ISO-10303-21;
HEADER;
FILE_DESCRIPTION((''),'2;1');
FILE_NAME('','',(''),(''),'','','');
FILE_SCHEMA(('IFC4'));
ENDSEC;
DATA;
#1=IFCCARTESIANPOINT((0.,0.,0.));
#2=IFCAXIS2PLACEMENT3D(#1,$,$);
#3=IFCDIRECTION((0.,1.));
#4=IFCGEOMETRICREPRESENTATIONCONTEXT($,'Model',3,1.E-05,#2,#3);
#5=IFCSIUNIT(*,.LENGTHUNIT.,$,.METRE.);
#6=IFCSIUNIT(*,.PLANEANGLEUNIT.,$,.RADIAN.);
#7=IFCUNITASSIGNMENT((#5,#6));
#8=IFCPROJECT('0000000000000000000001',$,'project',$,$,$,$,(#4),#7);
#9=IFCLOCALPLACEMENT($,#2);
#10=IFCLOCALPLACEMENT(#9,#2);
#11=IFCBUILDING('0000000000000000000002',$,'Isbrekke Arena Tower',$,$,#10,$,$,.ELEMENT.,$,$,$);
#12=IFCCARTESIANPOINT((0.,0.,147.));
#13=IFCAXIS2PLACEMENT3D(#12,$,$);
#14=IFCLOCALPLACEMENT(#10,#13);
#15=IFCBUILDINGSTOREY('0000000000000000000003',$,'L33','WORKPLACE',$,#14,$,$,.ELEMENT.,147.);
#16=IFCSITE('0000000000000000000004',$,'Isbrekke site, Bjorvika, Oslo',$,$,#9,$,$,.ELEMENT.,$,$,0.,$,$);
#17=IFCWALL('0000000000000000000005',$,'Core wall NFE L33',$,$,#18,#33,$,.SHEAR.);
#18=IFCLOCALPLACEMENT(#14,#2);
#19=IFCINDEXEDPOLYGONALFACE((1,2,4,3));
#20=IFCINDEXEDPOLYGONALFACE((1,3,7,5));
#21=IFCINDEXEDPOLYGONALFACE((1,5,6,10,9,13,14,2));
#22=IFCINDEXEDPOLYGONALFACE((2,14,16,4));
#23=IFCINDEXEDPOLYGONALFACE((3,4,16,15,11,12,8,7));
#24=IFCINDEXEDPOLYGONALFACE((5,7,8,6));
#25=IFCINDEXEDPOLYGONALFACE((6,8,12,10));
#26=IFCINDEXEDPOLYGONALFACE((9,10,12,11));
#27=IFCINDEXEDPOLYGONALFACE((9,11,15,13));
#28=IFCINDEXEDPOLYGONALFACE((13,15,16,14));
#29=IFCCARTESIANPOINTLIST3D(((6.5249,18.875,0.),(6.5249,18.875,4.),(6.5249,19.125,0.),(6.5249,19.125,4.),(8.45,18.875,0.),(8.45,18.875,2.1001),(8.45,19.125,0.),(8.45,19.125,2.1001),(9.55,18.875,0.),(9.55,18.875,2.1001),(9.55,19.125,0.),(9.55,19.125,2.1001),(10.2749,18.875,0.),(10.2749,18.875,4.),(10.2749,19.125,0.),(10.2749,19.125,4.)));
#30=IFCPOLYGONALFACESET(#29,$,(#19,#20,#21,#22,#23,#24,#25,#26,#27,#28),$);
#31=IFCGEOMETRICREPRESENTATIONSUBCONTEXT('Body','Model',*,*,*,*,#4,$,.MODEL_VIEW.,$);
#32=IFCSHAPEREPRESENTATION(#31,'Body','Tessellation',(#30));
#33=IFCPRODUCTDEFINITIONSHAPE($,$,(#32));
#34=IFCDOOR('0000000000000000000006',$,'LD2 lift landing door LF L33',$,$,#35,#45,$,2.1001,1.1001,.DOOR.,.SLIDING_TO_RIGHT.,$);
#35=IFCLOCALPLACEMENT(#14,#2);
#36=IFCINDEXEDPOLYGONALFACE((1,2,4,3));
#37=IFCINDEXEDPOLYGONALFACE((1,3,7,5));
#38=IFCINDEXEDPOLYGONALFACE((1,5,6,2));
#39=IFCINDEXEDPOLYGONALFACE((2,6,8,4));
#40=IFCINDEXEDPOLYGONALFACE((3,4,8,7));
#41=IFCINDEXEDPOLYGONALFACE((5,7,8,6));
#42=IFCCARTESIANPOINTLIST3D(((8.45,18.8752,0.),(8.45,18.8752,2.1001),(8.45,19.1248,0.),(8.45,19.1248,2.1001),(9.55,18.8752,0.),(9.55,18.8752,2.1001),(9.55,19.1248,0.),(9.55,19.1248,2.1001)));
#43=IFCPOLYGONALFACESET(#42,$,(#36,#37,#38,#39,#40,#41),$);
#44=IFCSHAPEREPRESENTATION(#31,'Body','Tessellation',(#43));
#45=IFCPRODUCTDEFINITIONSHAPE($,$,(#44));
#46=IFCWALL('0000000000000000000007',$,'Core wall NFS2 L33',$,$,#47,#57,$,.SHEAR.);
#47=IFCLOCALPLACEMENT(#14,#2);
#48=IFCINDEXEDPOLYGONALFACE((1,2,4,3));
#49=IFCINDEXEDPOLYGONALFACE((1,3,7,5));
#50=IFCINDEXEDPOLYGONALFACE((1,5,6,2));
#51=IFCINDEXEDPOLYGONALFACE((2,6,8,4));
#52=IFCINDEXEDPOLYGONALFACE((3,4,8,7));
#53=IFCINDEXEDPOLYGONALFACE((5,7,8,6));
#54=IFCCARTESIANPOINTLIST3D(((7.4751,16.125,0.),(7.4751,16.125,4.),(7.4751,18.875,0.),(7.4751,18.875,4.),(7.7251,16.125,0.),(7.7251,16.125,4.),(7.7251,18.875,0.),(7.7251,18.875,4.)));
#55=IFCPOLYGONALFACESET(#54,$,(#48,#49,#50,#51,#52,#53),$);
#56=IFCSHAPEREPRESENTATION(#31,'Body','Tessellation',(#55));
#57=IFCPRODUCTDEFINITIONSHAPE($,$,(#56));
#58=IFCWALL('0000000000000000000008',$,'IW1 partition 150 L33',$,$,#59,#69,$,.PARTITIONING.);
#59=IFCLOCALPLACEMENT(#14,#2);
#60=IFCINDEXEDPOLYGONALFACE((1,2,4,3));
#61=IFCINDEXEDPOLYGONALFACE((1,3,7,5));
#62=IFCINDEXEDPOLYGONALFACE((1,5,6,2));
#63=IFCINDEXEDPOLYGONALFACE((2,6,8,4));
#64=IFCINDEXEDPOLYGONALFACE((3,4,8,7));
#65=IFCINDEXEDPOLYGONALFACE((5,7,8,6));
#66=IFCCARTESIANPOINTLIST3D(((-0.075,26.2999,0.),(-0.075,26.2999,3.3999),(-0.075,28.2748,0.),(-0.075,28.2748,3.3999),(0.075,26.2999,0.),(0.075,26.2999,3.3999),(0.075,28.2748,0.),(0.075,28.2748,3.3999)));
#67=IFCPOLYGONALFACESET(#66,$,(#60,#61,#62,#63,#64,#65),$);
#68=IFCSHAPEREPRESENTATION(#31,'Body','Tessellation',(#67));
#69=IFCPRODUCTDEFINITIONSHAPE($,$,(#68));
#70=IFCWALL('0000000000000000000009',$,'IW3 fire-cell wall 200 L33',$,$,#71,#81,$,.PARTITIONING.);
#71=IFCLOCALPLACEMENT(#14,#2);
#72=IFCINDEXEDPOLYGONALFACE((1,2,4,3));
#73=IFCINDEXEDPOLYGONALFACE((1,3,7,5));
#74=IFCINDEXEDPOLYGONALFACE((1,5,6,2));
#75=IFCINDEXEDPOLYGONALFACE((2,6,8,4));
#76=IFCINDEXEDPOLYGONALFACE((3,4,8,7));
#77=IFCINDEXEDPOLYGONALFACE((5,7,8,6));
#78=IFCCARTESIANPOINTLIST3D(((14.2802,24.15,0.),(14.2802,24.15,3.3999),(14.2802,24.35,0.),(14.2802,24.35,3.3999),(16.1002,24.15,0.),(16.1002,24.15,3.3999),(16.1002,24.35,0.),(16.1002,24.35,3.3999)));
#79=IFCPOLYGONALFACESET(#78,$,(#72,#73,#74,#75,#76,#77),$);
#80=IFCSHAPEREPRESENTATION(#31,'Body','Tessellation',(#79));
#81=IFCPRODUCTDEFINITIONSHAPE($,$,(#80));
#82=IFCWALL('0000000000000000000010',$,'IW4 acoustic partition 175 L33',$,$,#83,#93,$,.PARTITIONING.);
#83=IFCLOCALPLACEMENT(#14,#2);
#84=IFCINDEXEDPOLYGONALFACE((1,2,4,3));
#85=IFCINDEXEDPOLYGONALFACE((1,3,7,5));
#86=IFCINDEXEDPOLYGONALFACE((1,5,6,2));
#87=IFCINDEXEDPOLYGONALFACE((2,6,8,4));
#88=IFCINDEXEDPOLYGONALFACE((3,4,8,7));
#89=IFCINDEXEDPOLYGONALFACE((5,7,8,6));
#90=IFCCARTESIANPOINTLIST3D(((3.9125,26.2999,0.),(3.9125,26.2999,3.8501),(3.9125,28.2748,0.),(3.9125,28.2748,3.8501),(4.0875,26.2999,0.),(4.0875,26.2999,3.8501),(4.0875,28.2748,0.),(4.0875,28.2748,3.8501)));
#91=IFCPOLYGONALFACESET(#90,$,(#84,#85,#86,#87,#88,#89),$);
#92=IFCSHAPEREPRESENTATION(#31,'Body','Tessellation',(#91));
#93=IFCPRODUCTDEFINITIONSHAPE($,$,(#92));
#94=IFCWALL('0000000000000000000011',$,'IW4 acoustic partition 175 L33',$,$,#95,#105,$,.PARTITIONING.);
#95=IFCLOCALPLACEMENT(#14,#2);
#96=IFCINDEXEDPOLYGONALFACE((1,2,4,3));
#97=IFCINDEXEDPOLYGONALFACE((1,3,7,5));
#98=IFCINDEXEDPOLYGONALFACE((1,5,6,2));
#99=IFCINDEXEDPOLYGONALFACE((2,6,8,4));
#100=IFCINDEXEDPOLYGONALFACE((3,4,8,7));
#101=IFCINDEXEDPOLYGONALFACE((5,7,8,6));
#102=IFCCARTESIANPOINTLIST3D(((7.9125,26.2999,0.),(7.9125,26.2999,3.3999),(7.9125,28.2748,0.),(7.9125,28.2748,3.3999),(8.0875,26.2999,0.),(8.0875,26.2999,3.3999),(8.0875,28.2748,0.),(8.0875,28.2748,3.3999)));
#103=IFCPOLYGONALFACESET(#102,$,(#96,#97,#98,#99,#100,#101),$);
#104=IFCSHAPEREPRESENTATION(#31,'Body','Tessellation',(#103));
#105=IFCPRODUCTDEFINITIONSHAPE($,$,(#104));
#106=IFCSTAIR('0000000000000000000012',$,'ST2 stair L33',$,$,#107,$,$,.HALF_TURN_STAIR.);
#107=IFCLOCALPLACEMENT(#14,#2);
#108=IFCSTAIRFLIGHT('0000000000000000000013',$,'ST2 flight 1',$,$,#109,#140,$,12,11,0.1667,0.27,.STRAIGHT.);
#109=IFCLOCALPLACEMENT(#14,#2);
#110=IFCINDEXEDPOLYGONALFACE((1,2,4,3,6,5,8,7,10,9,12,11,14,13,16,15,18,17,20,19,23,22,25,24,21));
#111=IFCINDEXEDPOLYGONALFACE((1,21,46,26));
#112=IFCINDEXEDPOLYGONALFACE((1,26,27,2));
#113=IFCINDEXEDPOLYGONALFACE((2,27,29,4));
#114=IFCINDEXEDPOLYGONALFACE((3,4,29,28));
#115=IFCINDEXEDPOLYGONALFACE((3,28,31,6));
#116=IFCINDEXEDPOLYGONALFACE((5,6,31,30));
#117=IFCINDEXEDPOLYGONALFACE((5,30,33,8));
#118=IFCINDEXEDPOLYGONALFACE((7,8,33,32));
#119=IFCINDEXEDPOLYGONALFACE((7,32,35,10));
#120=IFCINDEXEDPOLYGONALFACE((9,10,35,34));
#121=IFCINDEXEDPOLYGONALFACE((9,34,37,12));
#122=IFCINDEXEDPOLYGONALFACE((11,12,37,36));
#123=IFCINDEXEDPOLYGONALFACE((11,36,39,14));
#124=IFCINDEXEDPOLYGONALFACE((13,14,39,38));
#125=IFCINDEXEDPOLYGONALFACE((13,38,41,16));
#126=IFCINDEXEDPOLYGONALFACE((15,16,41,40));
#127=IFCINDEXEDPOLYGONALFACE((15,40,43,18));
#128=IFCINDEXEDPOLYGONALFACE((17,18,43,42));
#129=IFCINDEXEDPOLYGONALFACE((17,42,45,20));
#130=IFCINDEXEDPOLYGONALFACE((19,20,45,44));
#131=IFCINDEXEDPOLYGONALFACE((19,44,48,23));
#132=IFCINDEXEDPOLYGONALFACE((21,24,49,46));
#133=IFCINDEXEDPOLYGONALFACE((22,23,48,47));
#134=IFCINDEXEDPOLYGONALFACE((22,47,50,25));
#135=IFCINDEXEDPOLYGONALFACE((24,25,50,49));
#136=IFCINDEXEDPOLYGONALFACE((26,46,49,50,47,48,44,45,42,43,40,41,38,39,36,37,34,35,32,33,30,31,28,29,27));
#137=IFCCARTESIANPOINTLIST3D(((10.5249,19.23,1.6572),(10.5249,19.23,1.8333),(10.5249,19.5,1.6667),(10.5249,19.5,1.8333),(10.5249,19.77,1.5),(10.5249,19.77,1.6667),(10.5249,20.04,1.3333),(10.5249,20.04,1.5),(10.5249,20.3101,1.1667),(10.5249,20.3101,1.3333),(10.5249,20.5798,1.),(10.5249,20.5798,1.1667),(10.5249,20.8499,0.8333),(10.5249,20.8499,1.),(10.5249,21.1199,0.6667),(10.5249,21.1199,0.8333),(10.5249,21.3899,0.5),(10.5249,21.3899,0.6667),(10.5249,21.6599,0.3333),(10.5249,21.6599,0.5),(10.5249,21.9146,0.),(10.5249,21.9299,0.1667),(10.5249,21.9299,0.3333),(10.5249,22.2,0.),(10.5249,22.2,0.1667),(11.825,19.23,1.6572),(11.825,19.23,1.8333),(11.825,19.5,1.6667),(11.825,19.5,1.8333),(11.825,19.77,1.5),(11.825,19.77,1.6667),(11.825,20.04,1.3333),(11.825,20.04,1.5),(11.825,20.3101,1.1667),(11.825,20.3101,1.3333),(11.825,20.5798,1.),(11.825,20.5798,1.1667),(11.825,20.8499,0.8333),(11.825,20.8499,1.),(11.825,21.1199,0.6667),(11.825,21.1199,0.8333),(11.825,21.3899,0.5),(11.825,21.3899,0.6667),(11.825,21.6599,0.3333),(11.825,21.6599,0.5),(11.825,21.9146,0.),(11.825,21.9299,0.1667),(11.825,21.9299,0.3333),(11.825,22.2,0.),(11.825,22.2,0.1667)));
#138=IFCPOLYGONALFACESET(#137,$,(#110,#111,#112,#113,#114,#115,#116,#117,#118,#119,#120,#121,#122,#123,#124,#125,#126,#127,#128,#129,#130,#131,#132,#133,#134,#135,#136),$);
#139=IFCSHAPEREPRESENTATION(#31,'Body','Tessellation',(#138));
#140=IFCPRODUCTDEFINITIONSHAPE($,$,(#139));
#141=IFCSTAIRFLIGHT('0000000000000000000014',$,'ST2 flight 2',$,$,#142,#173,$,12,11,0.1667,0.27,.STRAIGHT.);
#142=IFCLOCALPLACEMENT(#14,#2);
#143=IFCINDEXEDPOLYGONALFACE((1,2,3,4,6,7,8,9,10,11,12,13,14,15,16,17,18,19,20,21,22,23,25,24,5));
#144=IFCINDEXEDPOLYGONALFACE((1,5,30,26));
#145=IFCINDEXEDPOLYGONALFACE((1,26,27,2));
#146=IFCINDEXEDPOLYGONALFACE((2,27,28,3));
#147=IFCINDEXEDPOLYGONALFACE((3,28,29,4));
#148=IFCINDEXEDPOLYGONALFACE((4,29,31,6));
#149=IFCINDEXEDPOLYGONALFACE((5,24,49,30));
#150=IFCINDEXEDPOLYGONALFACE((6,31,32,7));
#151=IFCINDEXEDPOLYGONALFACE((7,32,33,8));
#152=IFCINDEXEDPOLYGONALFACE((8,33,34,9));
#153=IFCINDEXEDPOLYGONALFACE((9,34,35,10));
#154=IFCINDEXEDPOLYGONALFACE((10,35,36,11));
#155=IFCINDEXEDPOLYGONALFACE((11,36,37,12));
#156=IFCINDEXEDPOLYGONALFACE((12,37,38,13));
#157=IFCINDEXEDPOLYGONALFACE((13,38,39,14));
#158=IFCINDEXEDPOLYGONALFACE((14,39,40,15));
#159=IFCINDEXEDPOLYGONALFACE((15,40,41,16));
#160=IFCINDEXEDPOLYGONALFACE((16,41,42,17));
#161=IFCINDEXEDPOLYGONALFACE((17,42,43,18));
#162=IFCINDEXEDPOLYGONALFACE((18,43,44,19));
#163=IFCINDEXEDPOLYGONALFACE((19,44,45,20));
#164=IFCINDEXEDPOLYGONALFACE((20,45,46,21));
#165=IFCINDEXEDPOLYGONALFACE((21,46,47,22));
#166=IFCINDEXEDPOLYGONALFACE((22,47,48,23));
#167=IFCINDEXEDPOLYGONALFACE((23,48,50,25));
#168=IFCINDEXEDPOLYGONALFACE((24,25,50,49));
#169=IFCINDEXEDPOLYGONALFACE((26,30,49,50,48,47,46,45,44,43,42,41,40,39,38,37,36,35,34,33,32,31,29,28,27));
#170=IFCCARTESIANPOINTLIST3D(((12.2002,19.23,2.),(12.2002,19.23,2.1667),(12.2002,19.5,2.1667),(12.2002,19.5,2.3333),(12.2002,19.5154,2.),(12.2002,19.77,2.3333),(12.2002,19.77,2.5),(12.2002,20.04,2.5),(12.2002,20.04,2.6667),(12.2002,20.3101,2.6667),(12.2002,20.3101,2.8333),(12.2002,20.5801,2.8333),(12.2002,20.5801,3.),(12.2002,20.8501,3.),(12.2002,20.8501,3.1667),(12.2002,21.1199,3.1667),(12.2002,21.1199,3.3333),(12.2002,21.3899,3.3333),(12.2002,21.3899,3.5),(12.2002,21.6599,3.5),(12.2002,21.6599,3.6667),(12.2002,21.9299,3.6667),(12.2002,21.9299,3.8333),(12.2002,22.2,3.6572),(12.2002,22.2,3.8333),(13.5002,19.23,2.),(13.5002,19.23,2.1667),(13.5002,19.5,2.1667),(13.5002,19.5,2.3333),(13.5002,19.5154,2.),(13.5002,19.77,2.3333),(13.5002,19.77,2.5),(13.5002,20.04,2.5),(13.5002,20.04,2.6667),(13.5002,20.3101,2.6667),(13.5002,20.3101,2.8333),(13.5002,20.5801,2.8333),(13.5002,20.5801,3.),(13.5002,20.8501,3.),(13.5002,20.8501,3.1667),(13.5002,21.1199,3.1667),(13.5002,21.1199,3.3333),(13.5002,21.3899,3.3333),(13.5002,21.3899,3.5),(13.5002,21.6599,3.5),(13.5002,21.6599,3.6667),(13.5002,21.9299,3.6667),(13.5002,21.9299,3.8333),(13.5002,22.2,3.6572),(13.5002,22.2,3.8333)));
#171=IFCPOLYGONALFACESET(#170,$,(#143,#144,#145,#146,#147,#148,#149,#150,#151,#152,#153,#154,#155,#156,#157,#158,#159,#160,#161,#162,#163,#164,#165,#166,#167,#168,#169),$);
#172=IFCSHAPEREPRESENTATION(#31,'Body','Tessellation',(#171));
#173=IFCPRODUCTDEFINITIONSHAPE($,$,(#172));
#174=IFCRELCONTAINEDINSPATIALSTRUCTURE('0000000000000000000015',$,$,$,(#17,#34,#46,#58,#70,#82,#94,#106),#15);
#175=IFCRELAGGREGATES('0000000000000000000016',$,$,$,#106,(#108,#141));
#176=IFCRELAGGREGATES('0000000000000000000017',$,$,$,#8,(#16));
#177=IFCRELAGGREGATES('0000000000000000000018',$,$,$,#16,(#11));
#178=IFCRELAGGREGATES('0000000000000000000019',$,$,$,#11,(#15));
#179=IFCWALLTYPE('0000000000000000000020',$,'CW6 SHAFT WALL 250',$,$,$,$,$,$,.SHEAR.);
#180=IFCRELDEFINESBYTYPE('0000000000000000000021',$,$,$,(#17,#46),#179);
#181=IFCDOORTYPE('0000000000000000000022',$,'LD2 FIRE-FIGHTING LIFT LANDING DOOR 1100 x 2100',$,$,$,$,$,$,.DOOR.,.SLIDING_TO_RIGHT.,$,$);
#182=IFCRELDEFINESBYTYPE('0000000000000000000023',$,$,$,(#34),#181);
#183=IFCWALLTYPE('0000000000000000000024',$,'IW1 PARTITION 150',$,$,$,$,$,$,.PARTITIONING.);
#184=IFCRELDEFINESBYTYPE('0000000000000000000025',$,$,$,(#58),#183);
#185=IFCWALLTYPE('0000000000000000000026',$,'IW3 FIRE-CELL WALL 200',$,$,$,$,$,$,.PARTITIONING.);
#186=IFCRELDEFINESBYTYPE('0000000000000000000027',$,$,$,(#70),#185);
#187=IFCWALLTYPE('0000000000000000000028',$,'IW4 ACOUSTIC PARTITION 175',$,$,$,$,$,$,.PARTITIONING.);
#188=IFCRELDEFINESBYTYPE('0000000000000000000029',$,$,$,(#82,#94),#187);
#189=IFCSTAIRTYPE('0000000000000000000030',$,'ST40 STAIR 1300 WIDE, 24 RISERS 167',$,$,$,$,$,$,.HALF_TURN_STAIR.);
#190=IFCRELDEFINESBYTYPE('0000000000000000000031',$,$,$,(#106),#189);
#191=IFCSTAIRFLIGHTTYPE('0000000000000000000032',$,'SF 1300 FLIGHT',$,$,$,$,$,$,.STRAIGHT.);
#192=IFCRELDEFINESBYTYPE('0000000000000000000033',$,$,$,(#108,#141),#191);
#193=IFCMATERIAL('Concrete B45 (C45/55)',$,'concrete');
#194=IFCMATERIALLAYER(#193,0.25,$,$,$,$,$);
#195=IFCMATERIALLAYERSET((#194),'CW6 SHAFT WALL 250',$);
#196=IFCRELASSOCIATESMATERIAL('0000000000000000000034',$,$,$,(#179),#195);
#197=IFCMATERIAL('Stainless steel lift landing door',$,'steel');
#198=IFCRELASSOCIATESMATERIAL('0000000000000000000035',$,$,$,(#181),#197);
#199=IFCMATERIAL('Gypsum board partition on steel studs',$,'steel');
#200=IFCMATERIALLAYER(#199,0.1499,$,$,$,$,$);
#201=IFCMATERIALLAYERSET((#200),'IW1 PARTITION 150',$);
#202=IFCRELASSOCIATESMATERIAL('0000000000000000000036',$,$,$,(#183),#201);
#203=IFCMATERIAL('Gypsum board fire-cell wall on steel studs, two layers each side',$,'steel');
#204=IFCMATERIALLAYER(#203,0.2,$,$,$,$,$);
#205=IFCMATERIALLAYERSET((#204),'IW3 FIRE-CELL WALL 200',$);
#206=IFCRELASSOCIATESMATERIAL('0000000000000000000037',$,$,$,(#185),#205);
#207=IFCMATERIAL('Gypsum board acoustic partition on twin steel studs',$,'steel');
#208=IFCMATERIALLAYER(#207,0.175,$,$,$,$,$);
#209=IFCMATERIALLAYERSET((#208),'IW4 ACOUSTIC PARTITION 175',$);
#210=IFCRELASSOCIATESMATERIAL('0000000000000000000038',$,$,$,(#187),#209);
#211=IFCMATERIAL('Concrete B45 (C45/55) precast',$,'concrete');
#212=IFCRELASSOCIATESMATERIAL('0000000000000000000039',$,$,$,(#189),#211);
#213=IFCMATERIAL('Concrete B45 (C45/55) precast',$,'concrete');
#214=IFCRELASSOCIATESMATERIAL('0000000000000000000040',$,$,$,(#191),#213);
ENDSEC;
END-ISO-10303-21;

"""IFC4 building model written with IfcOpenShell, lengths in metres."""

from ifc_helpers import new_model, si_unit, direction, frame, frame_2d, origin, place, context, subcontext, project, spatial, polyline, rectangle, outline, extrude, material, layer, layer_set, type_object, element, fill, aggregate, save


model = new_model("IFC4")

# Units and contexts
model_context = context("Model", 3, precision=1e-05, world=origin(), true_north=direction((0.0, 1.0)))
body_context = subcontext(model_context, "Body", "Model", "MODEL_VIEW")
ifc_project = project(units=[si_unit("LENGTHUNIT", "METRE"), si_unit("PLANEANGLEUNIT", "RADIAN")], contexts=[model_context])

# Site, building, storey
site_placement = place(None, origin())
site = spatial("IfcSite", under=ifc_project, at=site_placement, Name="Isbrekke site, Bjorvika, Oslo", CompositionType="ELEMENT", RefElevation=0.0)
building_placement = place(site_placement, origin())
building = spatial("IfcBuilding", under=site, at=building_placement, Name="Isbrekke Arena Tower", CompositionType="ELEMENT")
storey_placement = place(building_placement, frame((0.0, 0.0, 147.0)))
storey = spatial("IfcBuildingStorey", under=building, at=storey_placement, Name="L33", Description="WORKPLACE", CompositionType="ELEMENT", Elevation=147.0)

# Shared definitions
ifc_material_1 = material(Name="Concrete B45 (C45/55)", Category="concrete")
ifc_layer_1 = layer(ifc_material_1, 0.25)
ifc_layer_set_1 = layer_set([ifc_layer_1], Name="CW6 SHAFT WALL 250")
wall_type_1 = type_object("IfcWallType", Name="CW6 SHAFT WALL 250", PredefinedType="SHEAR", material=ifc_layer_set_1)

# Wall, opening, door
wall_1_placement = place(storey_placement, frame((6.5249, 19.0, 0.0), z_axis=(0.0, 0.0, 1.0), x_axis=(1.0, 0.0, 0.0)))
wall_1 = element("IfcWall", 1, at=wall_1_placement, inside=storey, type_object=wall_type_1, Name="Core wall NFE L33", PredefinedType="SHEAR", context=body_context, shape_type="SweptSolid", body=[
    extrude(rectangle(XDim=3.75, YDim=0.25, at=frame_2d((1.875, 0.0))), origin(), (0.0, 0.0, 1.0), 4.0),
])
opening_1_placement = place(wall_1_placement, frame((1.925, 0.0, 0.0)))
opening_1 = element("IfcOpeningElement", 2, at=opening_1_placement, cuts=wall_1, PredefinedType="OPENING", context=body_context, shape_type="SweptSolid", body=[
    extrude(rectangle(XDim=1.1001, YDim=2.1001, at=frame_2d((0.55, 1.05))), frame((0.0, 0.1399, 0.0), z_axis=(0.0, -1.0, 0.0), x_axis=(1.0, 0.0, 0.0)), (0.0, 0.0, 1.0), 0.2798),
])
ifc_material_2 = material(Name="Stainless steel lift landing door", Category="steel")
door_type_1 = type_object("IfcDoorType", Name="LD2 FIRE-FIGHTING LIFT LANDING DOOR 1100 x 2100", OperationType="SLIDING_TO_RIGHT", PredefinedType="DOOR", material=ifc_material_2)
door_1_placement = place(opening_1_placement, origin())
door_1 = element("IfcDoor", 3, at=door_1_placement, inside=storey, type_object=door_type_1, Name="LD2 lift landing door LF L33", OperationType="SLIDING_TO_RIGHT", OverallHeight=2.1001, OverallWidth=1.1001, PredefinedType="DOOR", context=body_context, shape_type="SweptSolid", body=[
    extrude(rectangle(XDim=1.1001, YDim=2.1001, at=frame_2d((0.55, 1.05))), frame((0.0, 0.1248, 0.0), z_axis=(0.0, -1.0, 0.0), x_axis=(1.0, 0.0, 0.0)), (0.0, 0.0, 1.0), 0.2495),
])
fill(opening_1, door_1)

# Walls
wall_2_placement = place(storey_placement, frame((7.6001, 16.125, 0.0), z_axis=(0.0, 0.0, 1.0), x_axis=(0.0, 1.0, 0.0)))
element("IfcWall", 4, at=wall_2_placement, inside=storey, type_object=wall_type_1, Name="Core wall NFS2 L33", PredefinedType="SHEAR", context=body_context, shape_type="SweptSolid", body=[
    extrude(rectangle(XDim=2.75, YDim=0.25, at=frame_2d((1.375, 0.0))), origin(), (0.0, 0.0, 1.0), 4.0),
])
ifc_material_3 = material(Name="Gypsum board partition on steel studs", Category="steel")
ifc_layer_2 = layer(ifc_material_3, 0.1499)
ifc_layer_set_2 = layer_set([ifc_layer_2], Name="IW1 PARTITION 150")
wall_type_2 = type_object("IfcWallType", Name="IW1 PARTITION 150", PredefinedType="PARTITIONING", material=ifc_layer_set_2)
wall_3_placement = place(storey_placement, frame((0.0, 26.3, 0.0), z_axis=(0.0, 0.0, 1.0), x_axis=(0.0, 1.0, 0.0)))
element("IfcWall", 5, at=wall_3_placement, inside=storey, type_object=wall_type_2, Name="IW1 partition 150 L33", PredefinedType="PARTITIONING", context=body_context, shape_type="SweptSolid", body=[
    extrude(rectangle(XDim=1.9749, YDim=0.1499, at=frame_2d((0.9873, 0.0))), origin(), (0.0, 0.0, 1.0), 3.3999),
])
ifc_material_4 = material(Name="Gypsum board fire-cell wall on steel studs, two layers each side", Category="steel")
ifc_layer_3 = layer(ifc_material_4, 0.2)
ifc_layer_set_3 = layer_set([ifc_layer_3], Name="IW3 FIRE-CELL WALL 200")
wall_type_3 = type_object("IfcWallType", Name="IW3 FIRE-CELL WALL 200", PredefinedType="PARTITIONING", material=ifc_layer_set_3)
wall_4_placement = place(storey_placement, frame((14.28, 24.25, 0.0), z_axis=(0.0, 0.0, 1.0), x_axis=(1.0, 0.0, 0.0)))
element("IfcWall", 6, at=wall_4_placement, inside=storey, type_object=wall_type_3, Name="IW3 fire-cell wall 200 L33", PredefinedType="PARTITIONING", context=body_context, shape_type="SweptSolid", body=[
    extrude(rectangle(XDim=1.8201, YDim=0.2, at=frame_2d((0.9102, 0.0))), origin(), (0.0, 0.0, 1.0), 3.3999),
])

# Walls
ifc_material_5 = material(Name="Gypsum board acoustic partition on twin steel studs", Category="steel")
ifc_layer_4 = layer(ifc_material_5, 0.175)
ifc_layer_set_4 = layer_set([ifc_layer_4], Name="IW4 ACOUSTIC PARTITION 175")
wall_type_4 = type_object("IfcWallType", Name="IW4 ACOUSTIC PARTITION 175", PredefinedType="PARTITIONING", material=ifc_layer_set_4)
wall_5_placement = place(storey_placement, frame((4.0, 26.3, 0.0), z_axis=(0.0, 0.0, 1.0), x_axis=(0.0, 1.0, 0.0)))
element("IfcWall", 7, at=wall_5_placement, inside=storey, type_object=wall_type_4, Name="IW4 acoustic partition 175 L33", PredefinedType="PARTITIONING", context=body_context, shape_type="SweptSolid", body=[
    extrude(rectangle(XDim=1.9749, YDim=0.175, at=frame_2d((0.9873, 0.0))), origin(), (0.0, 0.0, 1.0), 3.8501),
])
wall_6_placement = place(storey_placement, frame((8.0, 26.3, 0.0), z_axis=(0.0, 0.0, 1.0), x_axis=(0.0, 1.0, 0.0)))
element("IfcWall", 8, at=wall_6_placement, inside=storey, type_object=wall_type_4, Name="IW4 acoustic partition 175 L33", PredefinedType="PARTITIONING", context=body_context, shape_type="SweptSolid", body=[
    extrude(rectangle(XDim=1.9749, YDim=0.175, at=frame_2d((0.9873, 0.0))), origin(), (0.0, 0.0, 1.0), 3.3999),
])

# Stair, stair flights
ifc_material_6 = material(Name="Concrete B45 (C45/55) precast", Category="concrete")
stair_type = type_object("IfcStairType", Name="ST40 STAIR 1300 WIDE, 24 RISERS 167", PredefinedType="HALF_TURN_STAIR", material=ifc_material_6)
stair_placement = place(storey_placement, origin())
stair = element("IfcStair", 9, at=stair_placement, inside=storey, type_object=stair_type, Name="ST2 stair L33", PredefinedType="HALF_TURN_STAIR")
ifc_material_7 = material(Name="Concrete B45 (C45/55) precast", Category="concrete")
stair_flight_type = type_object("IfcStairFlightType", Name="SF 1300 FLIGHT", PredefinedType="STRAIGHT", material=ifc_material_7)
stair_flight_1_placement = place(storey_placement, frame((11.175, 22.2, 0.0), z_axis=(0.0, 0.0, 1.0), x_axis=(0.0, -1.0, 0.0)))
stair_flight_1 = element("IfcStairFlight", 10, at=stair_flight_1_placement, type_object=stair_flight_type, Name="ST2 flight 1", NumberOfRisers=12, NumberOfTreads=11, PredefinedType="STRAIGHT", RiserHeight=0.1667, TreadLength=0.27, context=body_context, shape_type="SweptSolid", body=[
    extrude(outline(polyline([(0.0, 0.0), (0.0, 0.1667), (0.27, 0.1667), (0.27, 0.3333), (0.54, 0.3333), (0.54, 0.5), (0.8101, 0.5), (0.8101, 0.6667), (1.0801, 0.6667), (1.0801, 0.8333), (1.3501, 0.8333), (1.3501, 1.0), (1.6201, 1.0), (1.6201, 1.1667), (1.8899, 1.1667), (1.8899, 1.3333), (2.1599, 1.3333), (2.1599, 1.5), (2.4299, 1.5), (2.4299, 1.6667), (2.7, 1.6667), (2.7, 1.8333), (2.97, 1.8333), (2.97, 2.0), (2.97, 1.6572), (0.2854, 0.0), (0.0, 0.0)])), frame((0.0, 0.6499, 0.0), z_axis=(0.0, -1.0, 0.0), x_axis=(1.0, 0.0, 0.0)), (0.0, 0.0, 1.0), 1.3),
])
stair_flight_2_placement = place(storey_placement, frame((12.8501, 19.23, 2.0), z_axis=(0.0, 0.0, 1.0), x_axis=(0.0, 1.0, 0.0)))
stair_flight_2 = element("IfcStairFlight", 11, at=stair_flight_2_placement, type_object=stair_flight_type, Name="ST2 flight 2", NumberOfRisers=12, NumberOfTreads=11, PredefinedType="STRAIGHT", RiserHeight=0.1667, TreadLength=0.27, context=body_context, shape_type="SweptSolid", body=[
    extrude(outline(polyline([(0.0, 0.0), (0.0, 0.1667), (0.27, 0.1667), (0.27, 0.3333), (0.54, 0.3333), (0.54, 0.5), (0.8101, 0.5), (0.8101, 0.6667), (1.0801, 0.6667), (1.0801, 0.8333), (1.3501, 0.8333), (1.3501, 1.0), (1.6201, 1.0), (1.6201, 1.1667), (1.8899, 1.1667), (1.8899, 1.3333), (2.1599, 1.3333), (2.1599, 1.5), (2.4299, 1.5), (2.4299, 1.6667), (2.7, 1.6667), (2.7, 1.8333), (2.97, 1.8333), (2.97, 2.0), (2.97, 1.6572), (0.2854, 0.0), (0.0, 0.0)])), frame((0.0, 0.6499, 0.0), z_axis=(0.0, -1.0, 0.0), x_axis=(1.0, 0.0, 0.0)), (0.0, 0.0, 1.0), 1.3),
])
aggregate(stair, [stair_flight_1, stair_flight_2])

save(model, "model.ifc")
